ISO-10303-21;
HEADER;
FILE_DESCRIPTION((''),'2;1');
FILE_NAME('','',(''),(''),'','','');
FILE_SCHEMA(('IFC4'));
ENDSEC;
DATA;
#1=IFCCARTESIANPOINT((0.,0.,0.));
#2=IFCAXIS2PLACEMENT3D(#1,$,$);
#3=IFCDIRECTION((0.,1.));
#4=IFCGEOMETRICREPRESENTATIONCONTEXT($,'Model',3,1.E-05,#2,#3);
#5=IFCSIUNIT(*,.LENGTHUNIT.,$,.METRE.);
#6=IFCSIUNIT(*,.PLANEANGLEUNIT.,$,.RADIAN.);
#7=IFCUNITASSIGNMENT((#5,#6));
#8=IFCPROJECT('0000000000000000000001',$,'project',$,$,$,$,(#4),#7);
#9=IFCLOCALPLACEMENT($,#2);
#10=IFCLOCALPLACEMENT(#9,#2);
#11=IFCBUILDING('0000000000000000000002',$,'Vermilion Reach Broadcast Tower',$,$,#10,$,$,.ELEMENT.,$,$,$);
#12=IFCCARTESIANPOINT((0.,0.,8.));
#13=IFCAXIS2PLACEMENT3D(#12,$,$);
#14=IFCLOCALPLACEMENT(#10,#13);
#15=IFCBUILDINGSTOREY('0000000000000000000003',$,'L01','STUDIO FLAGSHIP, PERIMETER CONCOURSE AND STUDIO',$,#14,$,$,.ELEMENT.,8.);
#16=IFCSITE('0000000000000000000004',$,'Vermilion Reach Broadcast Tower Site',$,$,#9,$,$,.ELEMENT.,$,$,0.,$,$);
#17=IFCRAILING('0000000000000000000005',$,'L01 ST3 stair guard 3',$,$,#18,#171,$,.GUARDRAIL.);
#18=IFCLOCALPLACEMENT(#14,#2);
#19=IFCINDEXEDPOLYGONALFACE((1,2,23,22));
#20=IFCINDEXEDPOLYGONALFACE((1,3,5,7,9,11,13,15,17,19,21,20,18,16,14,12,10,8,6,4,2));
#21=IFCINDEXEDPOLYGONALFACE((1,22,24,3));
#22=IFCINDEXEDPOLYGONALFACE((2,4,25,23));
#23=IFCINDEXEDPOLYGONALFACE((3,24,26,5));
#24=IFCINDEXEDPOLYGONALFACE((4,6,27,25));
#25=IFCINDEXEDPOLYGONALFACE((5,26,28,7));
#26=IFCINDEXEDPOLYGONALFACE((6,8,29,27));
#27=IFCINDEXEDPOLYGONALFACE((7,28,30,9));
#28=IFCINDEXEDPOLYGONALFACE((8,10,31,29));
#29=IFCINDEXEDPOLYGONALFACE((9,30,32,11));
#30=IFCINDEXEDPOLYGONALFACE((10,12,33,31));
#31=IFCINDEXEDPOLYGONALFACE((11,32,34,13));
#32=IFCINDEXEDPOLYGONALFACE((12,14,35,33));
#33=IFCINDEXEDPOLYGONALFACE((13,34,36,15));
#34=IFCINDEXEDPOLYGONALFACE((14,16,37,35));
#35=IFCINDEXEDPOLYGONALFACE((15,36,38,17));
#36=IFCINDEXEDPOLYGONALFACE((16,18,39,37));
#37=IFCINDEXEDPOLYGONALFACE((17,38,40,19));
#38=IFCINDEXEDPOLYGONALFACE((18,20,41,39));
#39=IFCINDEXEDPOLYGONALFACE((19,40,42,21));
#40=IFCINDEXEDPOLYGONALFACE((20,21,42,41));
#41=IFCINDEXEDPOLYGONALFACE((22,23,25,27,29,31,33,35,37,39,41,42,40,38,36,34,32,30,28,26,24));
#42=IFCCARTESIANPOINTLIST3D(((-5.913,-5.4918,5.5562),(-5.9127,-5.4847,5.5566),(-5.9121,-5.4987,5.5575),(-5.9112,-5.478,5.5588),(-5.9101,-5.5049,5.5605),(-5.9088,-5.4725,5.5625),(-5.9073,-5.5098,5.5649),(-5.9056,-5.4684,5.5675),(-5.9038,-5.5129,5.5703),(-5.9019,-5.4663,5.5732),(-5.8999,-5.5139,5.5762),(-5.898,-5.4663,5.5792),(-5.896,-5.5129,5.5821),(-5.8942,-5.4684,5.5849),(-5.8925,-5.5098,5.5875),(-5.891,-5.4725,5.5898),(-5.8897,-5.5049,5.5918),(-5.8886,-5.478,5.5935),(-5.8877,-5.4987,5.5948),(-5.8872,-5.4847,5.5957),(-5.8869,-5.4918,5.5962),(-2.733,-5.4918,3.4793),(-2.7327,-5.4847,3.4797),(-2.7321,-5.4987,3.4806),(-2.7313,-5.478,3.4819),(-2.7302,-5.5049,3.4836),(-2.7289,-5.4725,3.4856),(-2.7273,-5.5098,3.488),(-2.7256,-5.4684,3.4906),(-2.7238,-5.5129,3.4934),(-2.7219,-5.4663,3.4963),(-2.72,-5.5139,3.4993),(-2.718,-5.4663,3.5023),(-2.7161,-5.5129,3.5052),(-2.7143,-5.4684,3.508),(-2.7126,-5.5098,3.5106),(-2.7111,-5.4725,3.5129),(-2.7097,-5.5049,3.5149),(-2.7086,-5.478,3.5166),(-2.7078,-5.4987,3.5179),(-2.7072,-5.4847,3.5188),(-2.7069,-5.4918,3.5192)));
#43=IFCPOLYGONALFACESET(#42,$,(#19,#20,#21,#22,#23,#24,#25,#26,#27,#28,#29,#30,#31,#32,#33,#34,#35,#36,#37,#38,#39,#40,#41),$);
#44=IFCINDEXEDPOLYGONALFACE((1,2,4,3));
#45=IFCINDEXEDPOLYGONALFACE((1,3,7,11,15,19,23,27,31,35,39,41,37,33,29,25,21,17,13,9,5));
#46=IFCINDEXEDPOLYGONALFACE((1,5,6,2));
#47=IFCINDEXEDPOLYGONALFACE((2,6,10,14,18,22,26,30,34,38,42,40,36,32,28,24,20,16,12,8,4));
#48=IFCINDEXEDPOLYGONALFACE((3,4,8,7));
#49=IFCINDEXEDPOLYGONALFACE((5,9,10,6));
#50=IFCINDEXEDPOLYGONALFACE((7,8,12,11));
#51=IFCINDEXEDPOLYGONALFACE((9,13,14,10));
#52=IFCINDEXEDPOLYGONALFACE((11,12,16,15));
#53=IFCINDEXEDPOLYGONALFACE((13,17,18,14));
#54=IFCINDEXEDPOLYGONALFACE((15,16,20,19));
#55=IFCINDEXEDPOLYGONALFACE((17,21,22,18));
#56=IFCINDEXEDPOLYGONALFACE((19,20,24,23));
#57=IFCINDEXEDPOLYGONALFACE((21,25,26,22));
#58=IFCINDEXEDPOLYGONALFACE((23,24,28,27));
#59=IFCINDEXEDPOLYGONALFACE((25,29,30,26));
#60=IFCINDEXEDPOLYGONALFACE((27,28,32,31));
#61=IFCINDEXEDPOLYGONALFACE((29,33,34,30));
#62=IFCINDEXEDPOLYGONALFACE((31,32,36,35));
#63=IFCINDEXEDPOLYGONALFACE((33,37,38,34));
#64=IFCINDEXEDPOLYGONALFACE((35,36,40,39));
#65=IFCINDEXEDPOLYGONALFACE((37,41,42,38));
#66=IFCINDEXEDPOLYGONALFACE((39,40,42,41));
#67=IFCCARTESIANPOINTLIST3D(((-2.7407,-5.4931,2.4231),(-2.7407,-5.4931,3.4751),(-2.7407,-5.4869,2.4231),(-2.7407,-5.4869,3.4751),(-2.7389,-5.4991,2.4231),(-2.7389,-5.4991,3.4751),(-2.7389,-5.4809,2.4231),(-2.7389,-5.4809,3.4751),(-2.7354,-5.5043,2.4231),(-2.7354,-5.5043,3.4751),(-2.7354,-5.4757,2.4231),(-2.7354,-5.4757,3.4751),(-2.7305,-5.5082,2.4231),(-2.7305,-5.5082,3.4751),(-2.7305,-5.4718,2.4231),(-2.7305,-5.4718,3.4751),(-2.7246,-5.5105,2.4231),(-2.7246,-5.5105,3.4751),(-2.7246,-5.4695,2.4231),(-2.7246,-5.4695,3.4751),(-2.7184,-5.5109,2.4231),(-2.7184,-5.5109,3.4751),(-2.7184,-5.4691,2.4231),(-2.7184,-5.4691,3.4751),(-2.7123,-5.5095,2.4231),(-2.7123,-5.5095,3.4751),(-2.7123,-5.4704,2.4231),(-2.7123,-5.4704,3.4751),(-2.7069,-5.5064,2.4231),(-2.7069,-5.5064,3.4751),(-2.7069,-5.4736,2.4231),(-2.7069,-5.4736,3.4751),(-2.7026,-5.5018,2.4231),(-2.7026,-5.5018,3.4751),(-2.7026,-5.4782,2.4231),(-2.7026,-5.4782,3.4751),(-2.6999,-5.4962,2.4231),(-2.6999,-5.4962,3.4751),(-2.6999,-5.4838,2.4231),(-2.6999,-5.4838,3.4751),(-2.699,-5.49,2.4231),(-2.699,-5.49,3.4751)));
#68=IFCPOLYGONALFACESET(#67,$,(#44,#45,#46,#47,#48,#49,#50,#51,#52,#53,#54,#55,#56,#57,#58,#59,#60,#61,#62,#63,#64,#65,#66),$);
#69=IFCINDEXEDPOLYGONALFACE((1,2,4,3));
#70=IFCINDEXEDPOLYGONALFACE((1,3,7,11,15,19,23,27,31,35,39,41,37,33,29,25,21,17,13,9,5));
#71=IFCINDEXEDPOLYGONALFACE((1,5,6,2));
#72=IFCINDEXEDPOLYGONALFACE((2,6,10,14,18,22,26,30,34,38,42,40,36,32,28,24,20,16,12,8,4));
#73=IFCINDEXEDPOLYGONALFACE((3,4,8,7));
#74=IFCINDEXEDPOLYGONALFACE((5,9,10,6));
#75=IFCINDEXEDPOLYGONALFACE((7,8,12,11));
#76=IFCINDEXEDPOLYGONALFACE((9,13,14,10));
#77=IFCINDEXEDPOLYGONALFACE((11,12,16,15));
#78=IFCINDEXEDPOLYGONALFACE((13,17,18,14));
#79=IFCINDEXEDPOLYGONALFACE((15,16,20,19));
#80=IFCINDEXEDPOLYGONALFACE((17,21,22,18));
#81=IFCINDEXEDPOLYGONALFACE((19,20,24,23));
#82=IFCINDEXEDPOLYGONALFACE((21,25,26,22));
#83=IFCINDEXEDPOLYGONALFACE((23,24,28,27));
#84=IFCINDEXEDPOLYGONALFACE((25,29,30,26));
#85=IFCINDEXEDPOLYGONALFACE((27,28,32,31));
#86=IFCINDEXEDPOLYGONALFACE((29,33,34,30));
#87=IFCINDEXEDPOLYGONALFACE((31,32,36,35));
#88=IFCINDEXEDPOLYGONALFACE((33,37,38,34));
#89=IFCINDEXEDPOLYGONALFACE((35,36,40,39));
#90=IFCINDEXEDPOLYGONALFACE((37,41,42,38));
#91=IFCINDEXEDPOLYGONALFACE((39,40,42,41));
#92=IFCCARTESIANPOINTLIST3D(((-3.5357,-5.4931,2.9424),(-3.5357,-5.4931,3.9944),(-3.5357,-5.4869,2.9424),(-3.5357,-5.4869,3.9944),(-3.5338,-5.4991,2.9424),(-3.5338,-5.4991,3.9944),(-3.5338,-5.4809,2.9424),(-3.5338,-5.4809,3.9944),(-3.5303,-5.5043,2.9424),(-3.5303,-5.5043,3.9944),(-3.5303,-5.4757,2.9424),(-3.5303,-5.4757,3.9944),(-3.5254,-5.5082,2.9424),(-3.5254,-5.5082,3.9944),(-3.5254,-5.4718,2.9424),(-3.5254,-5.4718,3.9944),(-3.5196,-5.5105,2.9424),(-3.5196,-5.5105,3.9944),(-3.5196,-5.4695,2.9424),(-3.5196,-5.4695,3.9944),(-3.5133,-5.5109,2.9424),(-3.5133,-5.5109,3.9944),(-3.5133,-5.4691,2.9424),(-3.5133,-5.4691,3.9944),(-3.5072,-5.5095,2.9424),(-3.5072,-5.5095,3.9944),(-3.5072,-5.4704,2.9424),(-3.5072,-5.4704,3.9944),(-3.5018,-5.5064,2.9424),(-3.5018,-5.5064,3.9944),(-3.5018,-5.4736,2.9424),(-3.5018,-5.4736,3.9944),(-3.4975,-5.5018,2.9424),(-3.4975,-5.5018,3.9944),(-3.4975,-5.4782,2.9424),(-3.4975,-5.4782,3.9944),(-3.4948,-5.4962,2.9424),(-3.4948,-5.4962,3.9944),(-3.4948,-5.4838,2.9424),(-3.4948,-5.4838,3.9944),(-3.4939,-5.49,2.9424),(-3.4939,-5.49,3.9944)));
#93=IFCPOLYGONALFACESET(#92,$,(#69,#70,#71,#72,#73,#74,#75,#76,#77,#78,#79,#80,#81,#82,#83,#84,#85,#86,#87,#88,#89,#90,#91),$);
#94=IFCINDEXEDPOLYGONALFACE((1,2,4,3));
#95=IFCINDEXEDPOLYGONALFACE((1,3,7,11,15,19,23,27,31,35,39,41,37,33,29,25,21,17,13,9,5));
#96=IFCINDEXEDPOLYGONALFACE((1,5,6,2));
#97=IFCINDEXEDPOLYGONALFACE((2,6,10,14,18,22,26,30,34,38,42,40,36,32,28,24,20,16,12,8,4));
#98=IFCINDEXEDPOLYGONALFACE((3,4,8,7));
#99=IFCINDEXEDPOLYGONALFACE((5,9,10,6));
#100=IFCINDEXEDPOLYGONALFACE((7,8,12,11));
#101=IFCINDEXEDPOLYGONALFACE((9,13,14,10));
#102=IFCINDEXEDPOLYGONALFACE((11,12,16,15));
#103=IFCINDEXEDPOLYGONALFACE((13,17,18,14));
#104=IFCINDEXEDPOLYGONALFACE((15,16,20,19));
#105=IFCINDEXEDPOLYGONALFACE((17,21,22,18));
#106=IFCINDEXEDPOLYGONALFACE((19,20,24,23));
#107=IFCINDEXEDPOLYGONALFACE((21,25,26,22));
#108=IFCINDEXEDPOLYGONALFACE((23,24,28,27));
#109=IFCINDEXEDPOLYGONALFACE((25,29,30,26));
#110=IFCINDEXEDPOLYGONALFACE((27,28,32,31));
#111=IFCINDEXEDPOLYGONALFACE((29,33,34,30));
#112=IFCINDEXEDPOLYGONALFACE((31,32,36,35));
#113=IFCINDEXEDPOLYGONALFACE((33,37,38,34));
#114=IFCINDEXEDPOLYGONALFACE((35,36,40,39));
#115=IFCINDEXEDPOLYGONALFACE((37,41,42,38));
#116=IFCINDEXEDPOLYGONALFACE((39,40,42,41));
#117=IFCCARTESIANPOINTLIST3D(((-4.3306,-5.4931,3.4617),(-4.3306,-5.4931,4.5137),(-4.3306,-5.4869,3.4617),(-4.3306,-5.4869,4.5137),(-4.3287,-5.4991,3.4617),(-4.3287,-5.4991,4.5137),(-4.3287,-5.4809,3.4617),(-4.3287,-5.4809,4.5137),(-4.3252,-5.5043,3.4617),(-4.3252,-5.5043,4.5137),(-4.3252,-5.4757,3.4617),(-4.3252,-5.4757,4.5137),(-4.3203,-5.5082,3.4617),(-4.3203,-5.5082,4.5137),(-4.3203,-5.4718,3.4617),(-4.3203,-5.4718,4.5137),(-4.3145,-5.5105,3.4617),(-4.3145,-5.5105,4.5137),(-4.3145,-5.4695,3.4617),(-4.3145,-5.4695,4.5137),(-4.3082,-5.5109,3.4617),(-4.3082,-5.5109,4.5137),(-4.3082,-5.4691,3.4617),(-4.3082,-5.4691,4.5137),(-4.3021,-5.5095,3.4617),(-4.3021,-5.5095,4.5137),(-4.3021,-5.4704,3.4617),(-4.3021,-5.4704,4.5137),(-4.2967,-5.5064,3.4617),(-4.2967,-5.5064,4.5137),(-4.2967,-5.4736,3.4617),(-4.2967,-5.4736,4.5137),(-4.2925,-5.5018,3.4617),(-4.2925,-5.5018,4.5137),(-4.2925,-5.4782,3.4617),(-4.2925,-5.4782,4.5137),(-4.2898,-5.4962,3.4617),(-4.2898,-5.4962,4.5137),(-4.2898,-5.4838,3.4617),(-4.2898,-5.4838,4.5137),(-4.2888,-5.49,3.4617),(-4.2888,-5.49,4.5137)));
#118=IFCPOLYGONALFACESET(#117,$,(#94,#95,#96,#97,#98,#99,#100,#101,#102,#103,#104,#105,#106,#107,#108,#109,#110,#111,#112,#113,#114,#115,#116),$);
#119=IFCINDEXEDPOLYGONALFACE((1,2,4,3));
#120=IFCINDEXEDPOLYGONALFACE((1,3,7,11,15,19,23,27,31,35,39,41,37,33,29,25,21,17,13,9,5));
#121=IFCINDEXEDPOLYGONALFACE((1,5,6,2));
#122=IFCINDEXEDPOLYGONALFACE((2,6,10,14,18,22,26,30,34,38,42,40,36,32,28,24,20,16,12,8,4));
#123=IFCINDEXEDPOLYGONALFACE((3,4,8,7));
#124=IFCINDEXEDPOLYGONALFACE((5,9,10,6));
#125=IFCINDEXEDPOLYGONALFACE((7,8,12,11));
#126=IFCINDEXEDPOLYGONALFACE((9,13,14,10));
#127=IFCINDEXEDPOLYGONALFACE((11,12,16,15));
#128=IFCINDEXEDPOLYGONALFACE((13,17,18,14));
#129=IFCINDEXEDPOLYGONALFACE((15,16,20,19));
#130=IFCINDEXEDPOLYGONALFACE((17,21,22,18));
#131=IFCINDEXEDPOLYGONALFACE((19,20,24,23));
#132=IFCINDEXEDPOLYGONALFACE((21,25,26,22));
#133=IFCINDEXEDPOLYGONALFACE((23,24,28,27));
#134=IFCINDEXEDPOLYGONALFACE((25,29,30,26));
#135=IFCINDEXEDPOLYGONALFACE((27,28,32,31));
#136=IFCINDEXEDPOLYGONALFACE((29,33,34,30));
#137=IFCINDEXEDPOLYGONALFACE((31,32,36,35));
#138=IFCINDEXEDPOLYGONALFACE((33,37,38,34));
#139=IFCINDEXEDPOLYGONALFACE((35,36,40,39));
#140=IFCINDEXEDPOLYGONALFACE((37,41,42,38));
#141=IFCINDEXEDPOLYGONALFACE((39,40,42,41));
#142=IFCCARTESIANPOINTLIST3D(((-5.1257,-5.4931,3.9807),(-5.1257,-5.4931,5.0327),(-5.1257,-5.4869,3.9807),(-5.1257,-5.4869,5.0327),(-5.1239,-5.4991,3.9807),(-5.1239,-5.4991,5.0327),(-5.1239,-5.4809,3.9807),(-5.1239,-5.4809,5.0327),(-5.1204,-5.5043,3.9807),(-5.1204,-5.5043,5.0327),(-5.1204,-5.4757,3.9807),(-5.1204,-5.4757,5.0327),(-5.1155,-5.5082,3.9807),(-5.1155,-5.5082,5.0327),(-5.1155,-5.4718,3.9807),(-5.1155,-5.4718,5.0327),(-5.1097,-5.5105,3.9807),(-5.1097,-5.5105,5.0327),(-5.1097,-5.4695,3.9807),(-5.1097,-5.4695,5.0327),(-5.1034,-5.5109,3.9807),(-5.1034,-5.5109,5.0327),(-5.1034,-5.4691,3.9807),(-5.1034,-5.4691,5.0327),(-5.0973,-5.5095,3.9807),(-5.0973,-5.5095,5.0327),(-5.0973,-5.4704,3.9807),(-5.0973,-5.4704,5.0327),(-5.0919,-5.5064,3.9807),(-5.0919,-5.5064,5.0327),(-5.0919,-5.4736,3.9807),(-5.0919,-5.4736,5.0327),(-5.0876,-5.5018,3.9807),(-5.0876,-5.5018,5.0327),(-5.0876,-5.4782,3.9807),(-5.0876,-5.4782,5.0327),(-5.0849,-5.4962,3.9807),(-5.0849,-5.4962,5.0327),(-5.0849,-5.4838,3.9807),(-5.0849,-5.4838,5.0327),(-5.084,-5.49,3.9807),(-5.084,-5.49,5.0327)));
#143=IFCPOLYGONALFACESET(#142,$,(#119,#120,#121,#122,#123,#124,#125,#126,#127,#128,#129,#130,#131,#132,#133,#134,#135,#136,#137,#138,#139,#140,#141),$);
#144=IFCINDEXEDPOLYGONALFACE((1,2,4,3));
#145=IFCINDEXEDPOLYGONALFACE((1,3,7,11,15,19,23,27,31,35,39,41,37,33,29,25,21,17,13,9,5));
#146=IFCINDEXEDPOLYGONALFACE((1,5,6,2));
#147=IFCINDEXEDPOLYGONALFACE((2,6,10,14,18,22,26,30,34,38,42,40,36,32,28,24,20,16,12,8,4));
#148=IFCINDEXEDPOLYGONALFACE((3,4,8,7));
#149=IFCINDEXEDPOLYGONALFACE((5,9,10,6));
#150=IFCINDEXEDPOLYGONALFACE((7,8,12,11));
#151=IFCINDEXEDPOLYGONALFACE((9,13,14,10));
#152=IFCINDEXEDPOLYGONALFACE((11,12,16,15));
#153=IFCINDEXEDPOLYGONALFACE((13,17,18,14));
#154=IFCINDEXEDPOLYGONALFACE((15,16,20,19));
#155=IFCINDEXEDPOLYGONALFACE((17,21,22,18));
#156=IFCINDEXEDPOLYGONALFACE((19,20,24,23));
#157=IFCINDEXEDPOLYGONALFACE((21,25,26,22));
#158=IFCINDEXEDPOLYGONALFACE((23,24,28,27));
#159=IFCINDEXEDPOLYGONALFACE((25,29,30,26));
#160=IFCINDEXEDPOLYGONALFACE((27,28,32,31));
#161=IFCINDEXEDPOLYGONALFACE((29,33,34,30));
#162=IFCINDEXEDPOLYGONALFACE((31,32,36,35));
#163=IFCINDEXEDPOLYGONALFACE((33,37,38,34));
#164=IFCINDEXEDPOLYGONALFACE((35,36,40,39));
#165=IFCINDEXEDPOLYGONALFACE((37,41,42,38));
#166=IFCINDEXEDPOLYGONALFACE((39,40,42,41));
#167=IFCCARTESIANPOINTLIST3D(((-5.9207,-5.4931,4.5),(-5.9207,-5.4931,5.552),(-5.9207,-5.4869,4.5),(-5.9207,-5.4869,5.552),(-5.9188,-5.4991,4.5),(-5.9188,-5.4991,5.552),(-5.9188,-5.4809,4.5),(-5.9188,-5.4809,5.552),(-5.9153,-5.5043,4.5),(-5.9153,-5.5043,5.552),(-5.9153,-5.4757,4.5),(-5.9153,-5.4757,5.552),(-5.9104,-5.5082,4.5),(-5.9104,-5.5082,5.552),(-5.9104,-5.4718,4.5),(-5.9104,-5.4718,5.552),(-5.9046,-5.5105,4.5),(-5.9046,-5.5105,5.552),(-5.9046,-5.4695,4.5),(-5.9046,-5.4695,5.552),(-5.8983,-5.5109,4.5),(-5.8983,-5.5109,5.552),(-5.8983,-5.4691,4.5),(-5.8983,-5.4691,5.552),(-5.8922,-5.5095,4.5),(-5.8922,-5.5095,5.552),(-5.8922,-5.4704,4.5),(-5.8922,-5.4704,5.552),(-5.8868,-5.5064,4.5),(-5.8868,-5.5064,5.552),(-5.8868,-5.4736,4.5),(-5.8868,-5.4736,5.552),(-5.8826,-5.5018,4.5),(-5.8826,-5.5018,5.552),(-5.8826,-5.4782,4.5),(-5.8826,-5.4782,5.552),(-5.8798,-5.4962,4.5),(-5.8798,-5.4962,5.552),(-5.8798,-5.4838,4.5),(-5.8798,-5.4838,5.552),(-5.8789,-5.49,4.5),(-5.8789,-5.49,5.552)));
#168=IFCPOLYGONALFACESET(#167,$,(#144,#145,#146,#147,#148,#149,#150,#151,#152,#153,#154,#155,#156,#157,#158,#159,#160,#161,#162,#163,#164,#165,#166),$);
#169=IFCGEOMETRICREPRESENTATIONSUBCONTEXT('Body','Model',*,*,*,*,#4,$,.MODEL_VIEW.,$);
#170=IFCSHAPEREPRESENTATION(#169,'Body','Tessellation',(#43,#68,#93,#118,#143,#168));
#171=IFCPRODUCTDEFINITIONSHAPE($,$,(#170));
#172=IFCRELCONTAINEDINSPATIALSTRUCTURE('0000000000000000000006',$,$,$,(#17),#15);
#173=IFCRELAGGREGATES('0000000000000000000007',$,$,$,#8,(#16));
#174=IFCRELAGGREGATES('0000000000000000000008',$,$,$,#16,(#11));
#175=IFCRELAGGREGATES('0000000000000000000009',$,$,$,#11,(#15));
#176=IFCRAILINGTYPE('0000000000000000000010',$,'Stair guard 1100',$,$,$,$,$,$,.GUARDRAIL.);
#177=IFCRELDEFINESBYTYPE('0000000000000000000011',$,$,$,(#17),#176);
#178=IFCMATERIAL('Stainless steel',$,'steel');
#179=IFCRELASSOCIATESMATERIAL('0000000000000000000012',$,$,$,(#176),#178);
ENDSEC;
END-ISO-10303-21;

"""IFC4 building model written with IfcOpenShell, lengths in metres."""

from ifc_helpers import new_model, si_unit, direction, frame, origin, origin_2d, place, context, subcontext, project, spatial, circle, extrude, material, type_object, element, save


model = new_model("IFC4")

# Units and contexts
model_context = context("Model", 3, precision=1e-05, world=origin(), true_north=direction((0.0, 1.0)))
body_context = subcontext(model_context, "Body", "Model", "MODEL_VIEW")
ifc_project = project(units=[si_unit("LENGTHUNIT", "METRE"), si_unit("PLANEANGLEUNIT", "RADIAN")], contexts=[model_context])

# Site, building, storey
site_placement = place(None, origin())
site = spatial("IfcSite", under=ifc_project, at=site_placement, Name="Vermilion Reach Broadcast Tower Site", CompositionType="ELEMENT", RefElevation=0.0)
building_placement = place(site_placement, origin())
building = spatial("IfcBuilding", under=site, at=building_placement, Name="Vermilion Reach Broadcast Tower", CompositionType="ELEMENT")
storey_placement = place(building_placement, frame((0.0, 0.0, 8.0)))
storey = spatial("IfcBuildingStorey", under=building, at=storey_placement, Name="L01", Description="STUDIO FLAGSHIP, PERIMETER CONCOURSE AND STUDIO", CompositionType="ELEMENT", Elevation=8.0)

# Railing
ifc_material_1 = material(Name="Stainless steel", Category="steel")
railing_type_1 = type_object("IfcRailingType", Name="Stair guard 1100", PredefinedType="GUARDRAIL", material=ifc_material_1)
railing_1_placement = place(storey_placement, frame((-2.72, -5.49, 2.4231)))
element("IfcRailing", 1, at=railing_1_placement, inside=storey, type_object=railing_type_1, Name="L01 ST3 stair guard 3", PredefinedType="GUARDRAIL", context=body_context, shape_type="SweptSolid", body=[
    extrude(circle(Radius=0.0239, at=origin_2d()), frame((0.0, 0.0, 1.0762), z_axis=(-0.837245, 0.0, 0.546828), x_axis=(0.0, -1.0, 0.0)), (0.0, 0.0, 1.0), 3.7981),
    extrude(circle(Radius=0.021, at=origin_2d()), origin(), (0.0, 0.0, 1.0), 1.052),
    extrude(circle(Radius=0.021, at=origin_2d()), frame((-0.7949, 0.0, 0.5193)), (0.0, 0.0, 1.0), 1.052),
    extrude(circle(Radius=0.021, at=origin_2d()), frame((-1.5898, 0.0, 1.0386)), (0.0, 0.0, 1.0), 1.052),
    extrude(circle(Radius=0.021, at=origin_2d()), frame((-2.385, 0.0, 1.5576)), (0.0, 0.0, 1.0), 1.052),
    extrude(circle(Radius=0.021, at=origin_2d()), frame((-3.1799, 0.0, 2.0769)), (0.0, 0.0, 1.0), 1.052),
])

save(model, "model.ifc")
